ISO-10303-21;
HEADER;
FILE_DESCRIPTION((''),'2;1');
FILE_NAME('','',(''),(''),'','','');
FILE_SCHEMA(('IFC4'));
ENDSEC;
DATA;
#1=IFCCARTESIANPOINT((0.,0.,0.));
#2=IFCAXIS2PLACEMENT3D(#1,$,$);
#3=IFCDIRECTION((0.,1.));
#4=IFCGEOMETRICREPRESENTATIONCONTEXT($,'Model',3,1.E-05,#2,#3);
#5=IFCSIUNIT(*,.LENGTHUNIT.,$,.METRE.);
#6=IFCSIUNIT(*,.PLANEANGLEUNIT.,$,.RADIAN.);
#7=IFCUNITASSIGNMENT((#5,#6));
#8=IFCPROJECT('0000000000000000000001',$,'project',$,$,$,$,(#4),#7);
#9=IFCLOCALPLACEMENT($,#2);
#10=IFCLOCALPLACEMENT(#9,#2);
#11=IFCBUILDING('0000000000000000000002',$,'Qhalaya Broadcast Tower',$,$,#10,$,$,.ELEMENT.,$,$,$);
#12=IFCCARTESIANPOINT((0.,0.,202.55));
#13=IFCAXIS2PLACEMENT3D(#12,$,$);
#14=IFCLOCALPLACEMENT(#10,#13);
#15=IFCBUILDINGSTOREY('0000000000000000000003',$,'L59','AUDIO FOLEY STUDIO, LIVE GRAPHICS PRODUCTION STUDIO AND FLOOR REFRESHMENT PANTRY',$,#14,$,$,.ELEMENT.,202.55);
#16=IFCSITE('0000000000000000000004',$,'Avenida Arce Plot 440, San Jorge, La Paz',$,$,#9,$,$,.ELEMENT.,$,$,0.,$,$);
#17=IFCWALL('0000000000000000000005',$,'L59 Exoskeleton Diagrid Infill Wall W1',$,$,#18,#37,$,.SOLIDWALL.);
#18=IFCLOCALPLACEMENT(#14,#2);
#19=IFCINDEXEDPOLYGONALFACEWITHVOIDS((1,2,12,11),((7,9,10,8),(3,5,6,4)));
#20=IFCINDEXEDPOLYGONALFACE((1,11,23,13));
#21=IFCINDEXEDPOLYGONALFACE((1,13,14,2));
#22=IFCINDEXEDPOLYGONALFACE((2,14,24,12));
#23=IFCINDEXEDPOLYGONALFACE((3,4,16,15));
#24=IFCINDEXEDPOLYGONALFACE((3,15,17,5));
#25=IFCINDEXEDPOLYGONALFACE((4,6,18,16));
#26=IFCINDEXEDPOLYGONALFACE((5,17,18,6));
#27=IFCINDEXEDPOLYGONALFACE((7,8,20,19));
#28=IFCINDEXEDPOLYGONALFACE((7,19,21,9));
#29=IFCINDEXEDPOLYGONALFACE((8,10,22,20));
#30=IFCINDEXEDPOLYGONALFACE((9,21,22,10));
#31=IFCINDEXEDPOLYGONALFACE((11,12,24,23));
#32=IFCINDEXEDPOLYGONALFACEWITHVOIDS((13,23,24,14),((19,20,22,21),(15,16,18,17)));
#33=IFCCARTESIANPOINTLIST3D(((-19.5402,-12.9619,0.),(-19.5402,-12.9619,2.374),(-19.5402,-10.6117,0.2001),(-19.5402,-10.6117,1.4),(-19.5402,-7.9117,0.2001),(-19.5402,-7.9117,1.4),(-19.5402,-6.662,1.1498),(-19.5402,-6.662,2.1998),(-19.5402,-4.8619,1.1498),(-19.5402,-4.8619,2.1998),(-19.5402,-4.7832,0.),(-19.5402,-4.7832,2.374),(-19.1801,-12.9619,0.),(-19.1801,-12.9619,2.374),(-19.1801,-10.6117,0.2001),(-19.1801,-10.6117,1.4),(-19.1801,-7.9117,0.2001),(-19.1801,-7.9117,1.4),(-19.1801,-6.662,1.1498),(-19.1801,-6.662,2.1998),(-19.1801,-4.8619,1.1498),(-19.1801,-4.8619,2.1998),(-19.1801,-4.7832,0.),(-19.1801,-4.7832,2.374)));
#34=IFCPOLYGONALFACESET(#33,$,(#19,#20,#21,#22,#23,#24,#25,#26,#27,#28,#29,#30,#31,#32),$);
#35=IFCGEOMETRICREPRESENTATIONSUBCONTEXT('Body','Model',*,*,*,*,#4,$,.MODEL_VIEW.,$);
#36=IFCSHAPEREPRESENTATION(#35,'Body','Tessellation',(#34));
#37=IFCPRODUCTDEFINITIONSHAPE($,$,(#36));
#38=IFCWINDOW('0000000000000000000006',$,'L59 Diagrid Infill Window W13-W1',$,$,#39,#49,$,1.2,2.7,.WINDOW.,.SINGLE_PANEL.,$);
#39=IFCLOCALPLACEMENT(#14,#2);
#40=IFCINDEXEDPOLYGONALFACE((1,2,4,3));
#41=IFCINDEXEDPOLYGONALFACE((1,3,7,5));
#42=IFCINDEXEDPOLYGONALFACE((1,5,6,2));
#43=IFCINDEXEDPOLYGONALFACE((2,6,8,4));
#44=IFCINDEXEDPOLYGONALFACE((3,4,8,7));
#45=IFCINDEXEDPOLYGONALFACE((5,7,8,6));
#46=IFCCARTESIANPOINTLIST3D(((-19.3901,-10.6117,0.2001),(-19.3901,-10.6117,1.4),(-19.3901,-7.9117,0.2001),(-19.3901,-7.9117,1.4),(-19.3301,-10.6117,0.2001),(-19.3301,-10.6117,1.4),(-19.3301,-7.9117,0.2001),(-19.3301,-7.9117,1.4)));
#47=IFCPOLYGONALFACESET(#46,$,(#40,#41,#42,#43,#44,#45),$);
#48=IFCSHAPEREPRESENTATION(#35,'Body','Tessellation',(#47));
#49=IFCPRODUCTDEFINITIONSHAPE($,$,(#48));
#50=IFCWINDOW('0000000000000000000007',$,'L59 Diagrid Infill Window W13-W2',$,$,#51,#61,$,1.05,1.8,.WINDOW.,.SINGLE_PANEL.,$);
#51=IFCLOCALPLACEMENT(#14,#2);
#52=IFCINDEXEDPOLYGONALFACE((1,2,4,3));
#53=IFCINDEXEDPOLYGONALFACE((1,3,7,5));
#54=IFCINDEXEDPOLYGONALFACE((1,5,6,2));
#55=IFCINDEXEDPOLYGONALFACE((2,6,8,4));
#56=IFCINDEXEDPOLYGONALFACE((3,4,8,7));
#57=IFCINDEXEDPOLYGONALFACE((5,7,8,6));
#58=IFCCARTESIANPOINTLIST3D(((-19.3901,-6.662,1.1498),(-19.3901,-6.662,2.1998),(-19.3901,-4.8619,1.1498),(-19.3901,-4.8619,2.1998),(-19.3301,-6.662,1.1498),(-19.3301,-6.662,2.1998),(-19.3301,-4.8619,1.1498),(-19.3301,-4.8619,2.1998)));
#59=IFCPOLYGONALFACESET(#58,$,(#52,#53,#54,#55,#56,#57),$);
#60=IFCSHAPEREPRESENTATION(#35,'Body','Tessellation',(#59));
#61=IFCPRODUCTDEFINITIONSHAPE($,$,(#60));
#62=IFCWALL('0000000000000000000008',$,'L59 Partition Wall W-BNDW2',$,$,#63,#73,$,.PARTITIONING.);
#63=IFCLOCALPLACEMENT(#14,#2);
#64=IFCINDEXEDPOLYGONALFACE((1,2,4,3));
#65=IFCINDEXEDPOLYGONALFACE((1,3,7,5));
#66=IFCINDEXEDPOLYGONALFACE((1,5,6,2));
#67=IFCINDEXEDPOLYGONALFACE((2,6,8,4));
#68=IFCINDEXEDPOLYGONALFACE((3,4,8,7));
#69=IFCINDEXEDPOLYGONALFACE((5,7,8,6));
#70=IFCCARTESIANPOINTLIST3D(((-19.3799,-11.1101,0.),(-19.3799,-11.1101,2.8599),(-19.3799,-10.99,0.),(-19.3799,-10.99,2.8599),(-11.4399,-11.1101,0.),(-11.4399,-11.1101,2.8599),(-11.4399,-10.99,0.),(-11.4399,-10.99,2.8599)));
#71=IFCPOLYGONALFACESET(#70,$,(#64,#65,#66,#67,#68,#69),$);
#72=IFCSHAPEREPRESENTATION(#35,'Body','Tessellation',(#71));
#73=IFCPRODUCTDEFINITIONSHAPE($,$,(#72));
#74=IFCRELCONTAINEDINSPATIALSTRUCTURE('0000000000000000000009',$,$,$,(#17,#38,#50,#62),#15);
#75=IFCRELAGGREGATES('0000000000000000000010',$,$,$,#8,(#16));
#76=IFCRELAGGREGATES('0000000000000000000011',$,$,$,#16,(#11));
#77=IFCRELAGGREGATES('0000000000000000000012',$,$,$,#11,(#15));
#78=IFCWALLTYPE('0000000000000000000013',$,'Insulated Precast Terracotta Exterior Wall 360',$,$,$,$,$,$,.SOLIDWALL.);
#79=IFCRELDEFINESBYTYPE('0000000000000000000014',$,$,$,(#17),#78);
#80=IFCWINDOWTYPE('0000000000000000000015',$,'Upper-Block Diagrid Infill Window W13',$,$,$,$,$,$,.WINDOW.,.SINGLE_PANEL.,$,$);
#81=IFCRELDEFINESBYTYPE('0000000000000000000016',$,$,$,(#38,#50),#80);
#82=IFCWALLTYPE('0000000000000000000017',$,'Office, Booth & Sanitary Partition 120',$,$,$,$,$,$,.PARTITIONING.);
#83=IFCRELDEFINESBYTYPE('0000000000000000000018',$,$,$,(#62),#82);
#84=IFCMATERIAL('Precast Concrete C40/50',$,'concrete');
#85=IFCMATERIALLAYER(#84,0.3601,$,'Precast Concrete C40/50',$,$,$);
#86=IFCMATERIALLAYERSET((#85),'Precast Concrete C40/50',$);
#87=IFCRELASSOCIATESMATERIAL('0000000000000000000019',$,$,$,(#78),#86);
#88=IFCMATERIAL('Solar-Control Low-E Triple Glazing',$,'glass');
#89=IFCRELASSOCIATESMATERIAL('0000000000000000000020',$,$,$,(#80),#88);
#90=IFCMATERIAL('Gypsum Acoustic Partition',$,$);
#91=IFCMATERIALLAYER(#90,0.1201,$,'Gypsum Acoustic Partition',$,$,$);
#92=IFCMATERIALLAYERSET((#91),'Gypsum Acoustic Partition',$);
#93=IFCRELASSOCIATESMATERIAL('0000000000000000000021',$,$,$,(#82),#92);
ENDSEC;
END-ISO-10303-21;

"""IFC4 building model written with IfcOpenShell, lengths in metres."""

from ifc_helpers import new_model, si_unit, direction, frame, frame_2d, origin, place, context, subcontext, project, spatial, rectangle, extrude, material, layer, layer_set, type_object, element, fill, save


model = new_model("IFC4")

# Units and contexts
model_context = context("Model", 3, precision=1e-05, world=origin(), true_north=direction((0.0, 1.0)))
body_context = subcontext(model_context, "Body", "Model", "MODEL_VIEW")
ifc_project = project(units=[si_unit("LENGTHUNIT", "METRE"), si_unit("PLANEANGLEUNIT", "RADIAN")], contexts=[model_context])

# Site, building, storey
site_placement = place(None, origin())
site = spatial("IfcSite", under=ifc_project, at=site_placement, Name="Avenida Arce Plot 440, San Jorge, La Paz", CompositionType="ELEMENT", RefElevation=0.0)
building_placement = place(site_placement, origin())
building = spatial("IfcBuilding", under=site, at=building_placement, Name="Qhalaya Broadcast Tower", CompositionType="ELEMENT")
storey_placement = place(building_placement, frame((0.0, 0.0, 202.55)))
storey = spatial("IfcBuildingStorey", under=building, at=storey_placement, Name="L59", Description="AUDIO FOLEY STUDIO, LIVE GRAPHICS PRODUCTION STUDIO AND FLOOR REFRESHMENT PANTRY", CompositionType="ELEMENT", Elevation=202.55)

# Shared definitions
ifc_material_1 = material(Name="Gypsum Acoustic Partition")

# Wall, openings, windows
ifc_material_2 = material(Name="Precast Concrete C40/50", Category="concrete")
ifc_layer_1 = layer(ifc_material_2, 0.3601, Name="Precast Concrete C40/50")
ifc_layer_set_1 = layer_set([ifc_layer_1], Name="Precast Concrete C40/50")
wall_type_1 = type_object("IfcWallType", Name="Insulated Precast Terracotta Exterior Wall 360", PredefinedType="SOLIDWALL", material=ifc_layer_set_1)
wall_1_placement = place(storey_placement, frame((-19.3601, -12.9619, 0.0), z_axis=(0.0, 0.0, 1.0), x_axis=(0.0, 1.0, 0.0)))
wall_1 = element("IfcWall", 1, at=wall_1_placement, inside=storey, type_object=wall_type_1, Name="L59 Exoskeleton Diagrid Infill Wall W1", PredefinedType="SOLIDWALL", context=body_context, shape_type="SweptSolid", body=[
    extrude(rectangle(XDim=8.1787, YDim=0.3601, at=frame_2d((4.0894, 0.0))), origin(), (0.0, 0.0, 1.0), 2.374),
])
opening_1_placement = place(wall_1_placement, frame((2.3501, 0.0, 0.2)))
opening_1 = element("IfcOpeningElement", 2, at=opening_1_placement, cuts=wall_1, PredefinedType="OPENING", context=body_context, shape_type="SweptSolid", body=[
    extrude(rectangle(XDim=2.7, YDim=1.2, at=frame_2d((1.3501, 0.6001))), frame((0.0, 0.1921, 0.0), z_axis=(0.0, -1.0, 0.0), x_axis=(1.0, 0.0, 0.0)), (0.0, 0.0, 1.0), 0.384),
])
opening_2_placement = place(wall_1_placement, frame((6.3, 0.0, 1.1499)))
opening_2 = element("IfcOpeningElement", 3, at=opening_2_placement, cuts=wall_1, PredefinedType="OPENING", context=body_context, shape_type="SweptSolid", body=[
    extrude(rectangle(XDim=1.8, YDim=1.05, at=frame_2d((0.8999, 0.5249))), frame((0.0, 0.1921, 0.0), z_axis=(0.0, -1.0, 0.0), x_axis=(1.0, 0.0, 0.0)), (0.0, 0.0, 1.0), 0.384),
])
ifc_material_3 = material(Name="Solar-Control Low-E Triple Glazing", Category="glass")
window_type = type_object("IfcWindowType", Name="Upper-Block Diagrid Infill Window W13", PartitioningType="SINGLE_PANEL", PredefinedType="WINDOW", material=ifc_material_3)
window_1_placement = place(opening_1_placement, origin())
window_1 = element("IfcWindow", 4, at=window_1_placement, inside=storey, type_object=window_type, Name="L59 Diagrid Infill Window W13-W1", OverallHeight=1.2, OverallWidth=2.7, PartitioningType="SINGLE_PANEL", PredefinedType="WINDOW", context=body_context, shape_type="SweptSolid", body=[
    extrude(rectangle(XDim=2.7, YDim=1.2, at=frame_2d((1.3501, 0.6001))), frame((0.0, 0.03, 0.0), z_axis=(0.0, -1.0, 0.0), x_axis=(1.0, 0.0, 0.0)), (0.0, 0.0, 1.0), 0.0601),
])
fill(opening_1, window_1)
window_2_placement = place(opening_2_placement, origin())
window_2 = element("IfcWindow", 5, at=window_2_placement, inside=storey, type_object=window_type, Name="L59 Diagrid Infill Window W13-W2", OverallHeight=1.05, OverallWidth=1.8, PartitioningType="SINGLE_PANEL", PredefinedType="WINDOW", context=body_context, shape_type="SweptSolid", body=[
    extrude(rectangle(XDim=1.8, YDim=1.05, at=frame_2d((0.8999, 0.5249))), frame((0.0, 0.03, 0.0), z_axis=(0.0, -1.0, 0.0), x_axis=(1.0, 0.0, 0.0)), (0.0, 0.0, 1.0), 0.0601),
])
fill(opening_2, window_2)

# Wall
ifc_layer_2 = layer(ifc_material_1, 0.1201, Name="Gypsum Acoustic Partition")
ifc_layer_set_2 = layer_set([ifc_layer_2], Name="Gypsum Acoustic Partition")
wall_type_2 = type_object("IfcWallType", Name="Office, Booth & Sanitary Partition 120", PredefinedType="PARTITIONING", material=ifc_layer_set_2)
wall_2_placement = place(storey_placement, frame((-19.3799, -11.05, 0.0), z_axis=(0.0, 0.0, 1.0), x_axis=(1.0, 0.0, 0.0)))
element("IfcWall", 6, at=wall_2_placement, inside=storey, type_object=wall_type_2, Name="L59 Partition Wall W-BNDW2", PredefinedType="PARTITIONING", context=body_context, shape_type="SweptSolid", body=[
    extrude(rectangle(XDim=7.9399, YDim=0.1201, at=frame_2d((3.97, 0.0))), origin(), (0.0, 0.0, 1.0), 2.8599),
])

save(model, "model.ifc")
